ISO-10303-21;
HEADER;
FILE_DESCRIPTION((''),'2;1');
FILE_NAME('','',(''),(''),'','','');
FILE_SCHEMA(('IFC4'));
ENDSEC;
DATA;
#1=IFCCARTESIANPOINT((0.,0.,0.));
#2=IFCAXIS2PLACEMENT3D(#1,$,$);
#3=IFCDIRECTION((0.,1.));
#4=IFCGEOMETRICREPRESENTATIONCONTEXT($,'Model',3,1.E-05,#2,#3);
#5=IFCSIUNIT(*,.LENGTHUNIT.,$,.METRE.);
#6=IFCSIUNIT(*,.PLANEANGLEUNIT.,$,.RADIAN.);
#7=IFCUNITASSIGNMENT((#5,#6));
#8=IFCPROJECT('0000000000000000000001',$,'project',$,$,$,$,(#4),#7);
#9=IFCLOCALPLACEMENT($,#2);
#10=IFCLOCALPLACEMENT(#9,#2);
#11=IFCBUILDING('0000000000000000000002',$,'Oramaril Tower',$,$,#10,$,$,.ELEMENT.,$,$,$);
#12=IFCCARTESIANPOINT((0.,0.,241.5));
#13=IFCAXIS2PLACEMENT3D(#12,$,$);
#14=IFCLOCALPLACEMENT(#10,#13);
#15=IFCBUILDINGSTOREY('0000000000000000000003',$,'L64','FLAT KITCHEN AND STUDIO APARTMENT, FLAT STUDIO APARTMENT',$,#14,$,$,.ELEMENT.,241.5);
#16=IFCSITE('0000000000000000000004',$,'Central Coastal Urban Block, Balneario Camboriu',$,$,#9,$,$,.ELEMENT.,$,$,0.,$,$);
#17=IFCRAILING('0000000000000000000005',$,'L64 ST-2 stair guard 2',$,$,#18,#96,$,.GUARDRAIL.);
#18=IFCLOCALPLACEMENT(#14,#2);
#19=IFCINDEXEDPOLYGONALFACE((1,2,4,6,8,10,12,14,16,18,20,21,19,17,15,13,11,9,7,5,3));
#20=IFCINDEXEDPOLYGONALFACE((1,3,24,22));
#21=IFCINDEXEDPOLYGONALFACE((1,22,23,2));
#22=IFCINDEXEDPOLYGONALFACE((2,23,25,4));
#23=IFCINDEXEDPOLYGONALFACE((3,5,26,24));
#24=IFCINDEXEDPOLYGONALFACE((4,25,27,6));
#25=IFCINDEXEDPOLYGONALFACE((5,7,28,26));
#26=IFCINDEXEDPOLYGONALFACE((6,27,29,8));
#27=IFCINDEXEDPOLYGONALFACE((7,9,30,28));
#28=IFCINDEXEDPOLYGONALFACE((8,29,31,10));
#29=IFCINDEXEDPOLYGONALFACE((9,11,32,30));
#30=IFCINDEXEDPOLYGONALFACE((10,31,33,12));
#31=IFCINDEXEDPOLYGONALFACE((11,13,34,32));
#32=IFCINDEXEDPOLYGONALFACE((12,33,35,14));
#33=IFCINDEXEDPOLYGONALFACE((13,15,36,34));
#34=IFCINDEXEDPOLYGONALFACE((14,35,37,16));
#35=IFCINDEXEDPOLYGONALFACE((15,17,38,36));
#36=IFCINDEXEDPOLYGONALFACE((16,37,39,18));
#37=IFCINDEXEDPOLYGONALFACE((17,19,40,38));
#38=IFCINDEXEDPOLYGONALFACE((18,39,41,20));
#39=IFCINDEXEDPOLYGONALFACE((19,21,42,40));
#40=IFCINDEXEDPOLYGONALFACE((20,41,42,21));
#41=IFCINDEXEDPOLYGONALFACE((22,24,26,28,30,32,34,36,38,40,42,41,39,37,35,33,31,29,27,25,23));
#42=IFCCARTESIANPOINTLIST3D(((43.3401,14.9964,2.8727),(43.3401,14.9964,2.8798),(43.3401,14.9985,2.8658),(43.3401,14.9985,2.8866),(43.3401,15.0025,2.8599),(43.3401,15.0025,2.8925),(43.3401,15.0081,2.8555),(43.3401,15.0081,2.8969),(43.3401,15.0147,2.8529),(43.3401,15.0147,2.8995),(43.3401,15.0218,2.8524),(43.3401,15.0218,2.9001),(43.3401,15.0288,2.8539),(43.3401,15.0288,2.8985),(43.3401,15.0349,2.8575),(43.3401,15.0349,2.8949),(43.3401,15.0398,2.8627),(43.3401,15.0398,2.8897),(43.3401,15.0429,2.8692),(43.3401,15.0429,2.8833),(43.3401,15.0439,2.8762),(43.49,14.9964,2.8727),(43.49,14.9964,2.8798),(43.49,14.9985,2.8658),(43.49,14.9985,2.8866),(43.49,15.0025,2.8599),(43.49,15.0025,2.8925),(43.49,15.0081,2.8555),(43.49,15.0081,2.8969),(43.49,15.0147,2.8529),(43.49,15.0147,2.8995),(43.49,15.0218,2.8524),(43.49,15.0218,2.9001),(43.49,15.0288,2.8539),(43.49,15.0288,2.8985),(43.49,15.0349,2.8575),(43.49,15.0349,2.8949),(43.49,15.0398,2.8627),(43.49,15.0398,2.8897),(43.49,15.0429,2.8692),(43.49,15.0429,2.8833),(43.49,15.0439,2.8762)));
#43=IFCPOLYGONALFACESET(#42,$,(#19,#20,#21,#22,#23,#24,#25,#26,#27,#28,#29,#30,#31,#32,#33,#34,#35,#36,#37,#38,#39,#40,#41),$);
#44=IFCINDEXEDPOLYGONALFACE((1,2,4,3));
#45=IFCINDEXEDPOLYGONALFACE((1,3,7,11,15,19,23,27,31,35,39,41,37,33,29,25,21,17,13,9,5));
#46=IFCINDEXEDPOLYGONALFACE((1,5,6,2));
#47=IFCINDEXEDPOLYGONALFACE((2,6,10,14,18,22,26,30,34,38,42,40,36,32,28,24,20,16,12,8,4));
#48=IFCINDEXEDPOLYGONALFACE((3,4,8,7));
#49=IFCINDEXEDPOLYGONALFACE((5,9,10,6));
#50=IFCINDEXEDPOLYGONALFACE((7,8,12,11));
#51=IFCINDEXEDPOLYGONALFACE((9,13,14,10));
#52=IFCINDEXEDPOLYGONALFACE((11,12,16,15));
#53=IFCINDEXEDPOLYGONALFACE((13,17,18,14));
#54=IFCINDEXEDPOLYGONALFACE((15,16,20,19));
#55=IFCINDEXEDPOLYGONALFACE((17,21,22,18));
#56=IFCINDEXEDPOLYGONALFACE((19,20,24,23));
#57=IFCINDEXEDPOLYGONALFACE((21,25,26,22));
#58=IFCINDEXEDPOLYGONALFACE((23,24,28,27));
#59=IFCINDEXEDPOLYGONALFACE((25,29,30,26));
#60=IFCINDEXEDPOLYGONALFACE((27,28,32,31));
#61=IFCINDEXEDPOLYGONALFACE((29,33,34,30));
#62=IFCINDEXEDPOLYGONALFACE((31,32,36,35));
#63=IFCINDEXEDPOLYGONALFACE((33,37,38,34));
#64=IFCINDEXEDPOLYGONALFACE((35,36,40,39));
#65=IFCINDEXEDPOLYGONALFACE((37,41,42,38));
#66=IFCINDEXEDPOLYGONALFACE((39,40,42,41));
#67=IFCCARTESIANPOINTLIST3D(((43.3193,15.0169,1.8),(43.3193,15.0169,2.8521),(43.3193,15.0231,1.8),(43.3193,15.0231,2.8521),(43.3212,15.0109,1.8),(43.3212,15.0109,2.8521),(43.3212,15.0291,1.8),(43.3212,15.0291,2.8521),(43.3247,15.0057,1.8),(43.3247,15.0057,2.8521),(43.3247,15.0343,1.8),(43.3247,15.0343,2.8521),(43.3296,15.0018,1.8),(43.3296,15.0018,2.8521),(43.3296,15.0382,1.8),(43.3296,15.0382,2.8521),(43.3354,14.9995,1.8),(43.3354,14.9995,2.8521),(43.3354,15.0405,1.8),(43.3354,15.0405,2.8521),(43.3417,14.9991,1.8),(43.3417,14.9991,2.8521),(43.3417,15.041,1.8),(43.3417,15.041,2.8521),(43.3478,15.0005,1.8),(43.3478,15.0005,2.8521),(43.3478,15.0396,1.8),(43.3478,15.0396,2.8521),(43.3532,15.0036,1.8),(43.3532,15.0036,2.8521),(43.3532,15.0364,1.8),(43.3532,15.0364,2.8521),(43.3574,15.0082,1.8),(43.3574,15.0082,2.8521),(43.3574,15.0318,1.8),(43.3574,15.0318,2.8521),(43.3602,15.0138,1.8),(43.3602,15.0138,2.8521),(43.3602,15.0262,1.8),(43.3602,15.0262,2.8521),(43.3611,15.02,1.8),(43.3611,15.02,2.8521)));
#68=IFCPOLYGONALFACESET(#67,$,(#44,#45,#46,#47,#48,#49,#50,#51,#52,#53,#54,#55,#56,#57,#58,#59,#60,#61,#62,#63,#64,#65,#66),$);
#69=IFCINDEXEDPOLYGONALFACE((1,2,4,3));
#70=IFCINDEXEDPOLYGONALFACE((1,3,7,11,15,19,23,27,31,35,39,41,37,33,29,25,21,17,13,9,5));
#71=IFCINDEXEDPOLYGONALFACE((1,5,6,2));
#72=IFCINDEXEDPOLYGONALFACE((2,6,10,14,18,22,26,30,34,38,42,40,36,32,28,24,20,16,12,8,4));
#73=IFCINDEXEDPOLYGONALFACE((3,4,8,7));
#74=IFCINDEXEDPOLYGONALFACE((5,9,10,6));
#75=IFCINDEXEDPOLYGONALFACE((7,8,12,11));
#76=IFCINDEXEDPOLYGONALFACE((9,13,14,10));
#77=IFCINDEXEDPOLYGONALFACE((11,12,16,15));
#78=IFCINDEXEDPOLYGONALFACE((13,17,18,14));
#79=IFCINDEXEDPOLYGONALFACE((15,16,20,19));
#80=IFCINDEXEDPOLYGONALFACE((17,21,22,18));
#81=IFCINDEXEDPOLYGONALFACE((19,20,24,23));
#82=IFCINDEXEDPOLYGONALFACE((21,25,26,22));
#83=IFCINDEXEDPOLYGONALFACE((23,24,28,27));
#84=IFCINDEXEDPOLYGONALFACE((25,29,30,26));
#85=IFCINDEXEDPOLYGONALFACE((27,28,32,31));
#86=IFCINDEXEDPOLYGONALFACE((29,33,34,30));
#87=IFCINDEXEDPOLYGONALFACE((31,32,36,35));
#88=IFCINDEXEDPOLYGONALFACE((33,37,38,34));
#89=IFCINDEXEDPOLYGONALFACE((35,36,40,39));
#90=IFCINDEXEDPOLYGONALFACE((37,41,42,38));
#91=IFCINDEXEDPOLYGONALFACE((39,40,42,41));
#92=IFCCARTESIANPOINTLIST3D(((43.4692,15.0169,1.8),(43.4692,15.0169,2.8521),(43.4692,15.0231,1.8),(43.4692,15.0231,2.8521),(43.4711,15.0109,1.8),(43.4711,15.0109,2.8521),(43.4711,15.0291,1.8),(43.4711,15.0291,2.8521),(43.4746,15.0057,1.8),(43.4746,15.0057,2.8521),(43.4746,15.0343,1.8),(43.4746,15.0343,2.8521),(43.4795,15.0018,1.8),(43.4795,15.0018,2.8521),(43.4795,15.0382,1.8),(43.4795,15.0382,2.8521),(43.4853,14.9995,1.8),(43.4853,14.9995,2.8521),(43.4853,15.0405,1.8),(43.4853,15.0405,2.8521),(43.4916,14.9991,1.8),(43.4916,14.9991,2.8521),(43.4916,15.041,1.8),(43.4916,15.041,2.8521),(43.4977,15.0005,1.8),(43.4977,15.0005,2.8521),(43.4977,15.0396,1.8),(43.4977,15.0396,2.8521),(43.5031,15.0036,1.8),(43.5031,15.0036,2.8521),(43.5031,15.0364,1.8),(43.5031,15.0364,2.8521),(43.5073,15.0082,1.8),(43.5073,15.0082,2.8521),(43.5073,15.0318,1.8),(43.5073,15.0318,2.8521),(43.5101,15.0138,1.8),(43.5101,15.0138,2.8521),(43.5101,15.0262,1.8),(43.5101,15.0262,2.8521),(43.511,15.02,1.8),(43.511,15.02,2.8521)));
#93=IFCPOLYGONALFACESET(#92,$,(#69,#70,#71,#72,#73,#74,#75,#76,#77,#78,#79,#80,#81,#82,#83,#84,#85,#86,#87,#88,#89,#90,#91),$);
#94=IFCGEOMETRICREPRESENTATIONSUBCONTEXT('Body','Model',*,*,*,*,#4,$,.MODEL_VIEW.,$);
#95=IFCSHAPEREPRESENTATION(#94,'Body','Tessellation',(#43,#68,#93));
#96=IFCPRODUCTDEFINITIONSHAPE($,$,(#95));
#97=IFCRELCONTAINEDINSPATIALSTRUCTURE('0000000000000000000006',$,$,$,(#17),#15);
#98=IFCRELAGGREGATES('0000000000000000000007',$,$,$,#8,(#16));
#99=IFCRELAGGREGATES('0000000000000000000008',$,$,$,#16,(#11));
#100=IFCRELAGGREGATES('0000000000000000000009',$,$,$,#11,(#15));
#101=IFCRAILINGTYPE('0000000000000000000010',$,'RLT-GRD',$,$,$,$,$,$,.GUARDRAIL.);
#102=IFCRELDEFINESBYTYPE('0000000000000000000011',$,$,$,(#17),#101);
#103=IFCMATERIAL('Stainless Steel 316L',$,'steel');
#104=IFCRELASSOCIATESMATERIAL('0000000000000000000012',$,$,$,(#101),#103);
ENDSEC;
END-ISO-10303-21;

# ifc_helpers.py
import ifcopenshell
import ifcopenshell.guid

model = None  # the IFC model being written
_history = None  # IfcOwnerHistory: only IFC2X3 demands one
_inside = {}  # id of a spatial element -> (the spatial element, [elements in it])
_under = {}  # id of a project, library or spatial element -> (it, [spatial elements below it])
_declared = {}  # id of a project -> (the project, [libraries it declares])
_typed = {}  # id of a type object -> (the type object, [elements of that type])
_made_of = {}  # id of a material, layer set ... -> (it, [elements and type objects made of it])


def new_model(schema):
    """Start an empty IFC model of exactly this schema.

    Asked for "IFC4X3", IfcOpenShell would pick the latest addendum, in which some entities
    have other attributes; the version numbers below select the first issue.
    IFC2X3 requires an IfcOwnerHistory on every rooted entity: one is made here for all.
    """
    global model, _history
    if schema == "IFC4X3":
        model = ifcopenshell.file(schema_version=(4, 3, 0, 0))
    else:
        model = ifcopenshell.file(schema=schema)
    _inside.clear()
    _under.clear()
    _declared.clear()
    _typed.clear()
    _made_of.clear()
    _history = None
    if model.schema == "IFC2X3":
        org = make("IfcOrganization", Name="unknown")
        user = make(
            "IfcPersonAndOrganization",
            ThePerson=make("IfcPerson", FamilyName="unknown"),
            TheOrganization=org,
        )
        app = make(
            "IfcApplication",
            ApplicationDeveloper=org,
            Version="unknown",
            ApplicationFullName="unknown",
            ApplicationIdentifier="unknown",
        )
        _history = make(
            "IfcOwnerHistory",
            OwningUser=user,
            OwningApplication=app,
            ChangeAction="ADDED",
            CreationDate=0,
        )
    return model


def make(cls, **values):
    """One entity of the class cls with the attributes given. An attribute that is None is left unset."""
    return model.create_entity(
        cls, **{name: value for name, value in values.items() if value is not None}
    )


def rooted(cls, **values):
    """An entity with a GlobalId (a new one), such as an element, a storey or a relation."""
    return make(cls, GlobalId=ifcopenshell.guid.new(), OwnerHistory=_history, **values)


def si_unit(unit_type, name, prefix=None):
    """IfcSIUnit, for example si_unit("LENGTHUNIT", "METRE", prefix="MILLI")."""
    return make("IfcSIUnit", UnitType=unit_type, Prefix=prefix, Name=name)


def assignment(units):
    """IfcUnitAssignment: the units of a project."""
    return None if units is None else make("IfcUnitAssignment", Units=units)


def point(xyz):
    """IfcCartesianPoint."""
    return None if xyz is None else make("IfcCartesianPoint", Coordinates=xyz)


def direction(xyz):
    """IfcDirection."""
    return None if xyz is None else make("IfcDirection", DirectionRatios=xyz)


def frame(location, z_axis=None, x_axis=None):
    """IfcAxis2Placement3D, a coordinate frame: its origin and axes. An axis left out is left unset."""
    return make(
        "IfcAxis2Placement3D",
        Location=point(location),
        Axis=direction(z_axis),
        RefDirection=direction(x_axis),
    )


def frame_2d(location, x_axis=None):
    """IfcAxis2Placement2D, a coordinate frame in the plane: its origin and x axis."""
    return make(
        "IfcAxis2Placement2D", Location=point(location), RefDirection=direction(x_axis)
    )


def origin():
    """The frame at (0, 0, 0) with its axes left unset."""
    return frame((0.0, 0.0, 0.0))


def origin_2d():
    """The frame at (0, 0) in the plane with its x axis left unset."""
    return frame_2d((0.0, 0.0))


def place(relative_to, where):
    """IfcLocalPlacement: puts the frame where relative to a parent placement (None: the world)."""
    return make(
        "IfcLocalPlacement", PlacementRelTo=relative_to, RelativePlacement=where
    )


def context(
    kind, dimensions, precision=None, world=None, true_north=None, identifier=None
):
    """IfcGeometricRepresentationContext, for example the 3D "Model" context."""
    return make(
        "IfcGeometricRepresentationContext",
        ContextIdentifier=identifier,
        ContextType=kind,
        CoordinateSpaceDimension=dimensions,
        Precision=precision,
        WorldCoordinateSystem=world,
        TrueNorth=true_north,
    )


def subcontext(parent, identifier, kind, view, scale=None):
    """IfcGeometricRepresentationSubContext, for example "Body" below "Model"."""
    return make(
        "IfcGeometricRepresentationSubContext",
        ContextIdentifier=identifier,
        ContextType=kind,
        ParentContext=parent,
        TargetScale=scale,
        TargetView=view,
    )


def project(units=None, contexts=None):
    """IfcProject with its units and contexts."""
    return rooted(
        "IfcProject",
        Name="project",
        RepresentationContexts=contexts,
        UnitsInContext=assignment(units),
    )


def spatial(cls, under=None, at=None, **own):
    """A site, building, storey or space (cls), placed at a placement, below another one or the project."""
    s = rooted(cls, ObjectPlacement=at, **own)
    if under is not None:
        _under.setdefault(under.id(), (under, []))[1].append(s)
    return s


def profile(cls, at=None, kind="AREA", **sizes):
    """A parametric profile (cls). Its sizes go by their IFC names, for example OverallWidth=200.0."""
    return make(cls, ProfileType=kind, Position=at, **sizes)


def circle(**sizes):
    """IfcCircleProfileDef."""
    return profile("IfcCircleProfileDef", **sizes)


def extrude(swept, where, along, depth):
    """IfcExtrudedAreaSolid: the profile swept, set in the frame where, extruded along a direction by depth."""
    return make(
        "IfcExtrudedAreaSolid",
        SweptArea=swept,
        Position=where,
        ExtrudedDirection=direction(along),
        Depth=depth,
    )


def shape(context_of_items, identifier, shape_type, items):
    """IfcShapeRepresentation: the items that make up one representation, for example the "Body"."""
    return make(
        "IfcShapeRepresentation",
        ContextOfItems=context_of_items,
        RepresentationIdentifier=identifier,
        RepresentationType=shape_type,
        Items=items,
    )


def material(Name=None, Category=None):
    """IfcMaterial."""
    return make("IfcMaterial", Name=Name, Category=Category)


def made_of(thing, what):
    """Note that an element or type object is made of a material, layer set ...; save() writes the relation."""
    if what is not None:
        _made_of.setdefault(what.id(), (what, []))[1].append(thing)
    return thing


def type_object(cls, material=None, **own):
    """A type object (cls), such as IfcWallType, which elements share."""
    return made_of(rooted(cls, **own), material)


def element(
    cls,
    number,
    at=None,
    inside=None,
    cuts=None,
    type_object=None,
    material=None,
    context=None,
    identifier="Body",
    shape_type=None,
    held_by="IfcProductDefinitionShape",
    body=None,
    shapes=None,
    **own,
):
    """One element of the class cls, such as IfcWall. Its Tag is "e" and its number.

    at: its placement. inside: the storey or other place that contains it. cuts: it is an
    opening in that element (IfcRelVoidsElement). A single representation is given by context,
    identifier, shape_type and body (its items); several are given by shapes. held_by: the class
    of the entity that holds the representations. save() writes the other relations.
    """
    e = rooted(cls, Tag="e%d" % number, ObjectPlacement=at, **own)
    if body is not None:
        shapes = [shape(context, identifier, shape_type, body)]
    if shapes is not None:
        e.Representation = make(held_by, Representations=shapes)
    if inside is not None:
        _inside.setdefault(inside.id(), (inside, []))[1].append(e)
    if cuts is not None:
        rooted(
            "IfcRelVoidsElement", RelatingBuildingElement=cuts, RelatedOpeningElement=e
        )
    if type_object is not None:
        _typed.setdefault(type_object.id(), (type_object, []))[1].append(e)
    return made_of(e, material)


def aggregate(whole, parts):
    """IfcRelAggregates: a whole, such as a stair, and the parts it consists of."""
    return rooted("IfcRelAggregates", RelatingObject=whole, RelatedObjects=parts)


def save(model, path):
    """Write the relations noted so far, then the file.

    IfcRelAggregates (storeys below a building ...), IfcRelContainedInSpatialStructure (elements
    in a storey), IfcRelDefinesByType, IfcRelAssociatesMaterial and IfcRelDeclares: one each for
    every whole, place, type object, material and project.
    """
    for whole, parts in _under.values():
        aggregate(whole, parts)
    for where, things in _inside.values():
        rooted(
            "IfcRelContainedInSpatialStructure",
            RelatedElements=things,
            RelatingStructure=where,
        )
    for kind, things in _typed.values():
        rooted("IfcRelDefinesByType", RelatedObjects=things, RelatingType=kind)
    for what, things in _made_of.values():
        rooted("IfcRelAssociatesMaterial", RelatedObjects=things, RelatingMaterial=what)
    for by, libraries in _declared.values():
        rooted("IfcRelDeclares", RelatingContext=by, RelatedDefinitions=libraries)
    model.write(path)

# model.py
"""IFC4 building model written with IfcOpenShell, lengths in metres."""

from ifc_helpers import new_model, si_unit, direction, frame, origin, origin_2d, place, context, subcontext, project, spatial, circle, extrude, material, type_object, element, save


model = new_model("IFC4")

# Units and contexts
model_context = context("Model", 3, precision=1e-05, world=origin(), true_north=direction((0.0, 1.0)))
body_context = subcontext(model_context, "Body", "Model", "MODEL_VIEW")
ifc_project = project(units=[si_unit("LENGTHUNIT", "METRE"), si_unit("PLANEANGLEUNIT", "RADIAN")], contexts=[model_context])

# Site, building, storey
site_placement = place(None, origin())
site = spatial("IfcSite", under=ifc_project, at=site_placement, Name="Central Coastal Urban Block, Balneario Camboriu", CompositionType="ELEMENT", RefElevation=0.0)
building_placement = place(site_placement, origin())
building = spatial("IfcBuilding", under=site, at=building_placement, Name="Oramaril Tower", CompositionType="ELEMENT")
storey_placement = place(building_placement, frame((0.0, 0.0, 241.5)))
storey = spatial("IfcBuildingStorey", under=building, at=storey_placement, Name="L64", Description="FLAT KITCHEN AND STUDIO APARTMENT, FLAT STUDIO APARTMENT", CompositionType="ELEMENT", Elevation=241.5)

# Railing
ifc_material_1 = material(Name="Stainless Steel 316L", Category="steel")
railing_type_1 = type_object("IfcRailingType", Name="RLT-GRD", PredefinedType="GUARDRAIL", material=ifc_material_1)
railing_1_placement = place(storey_placement, frame((43.3401, 15.02, 1.8)))
element("IfcRailing", 1, at=railing_1_placement, inside=storey, type_object=railing_type_1, Name="L64 ST-2 stair guard 2", PredefinedType="GUARDRAIL", context=body_context, shape_type="SweptSolid", body=[
    extrude(circle(Radius=0.0239, at=origin_2d()), frame((0.0, 0.0, 1.0762), z_axis=(1.0, 0.0, 0.0), x_axis=(0.0, 1.0, 0.0)), (0.0, 0.0, 1.0), 0.1499),
    extrude(circle(Radius=0.021, at=origin_2d()), origin(), (0.0, 0.0, 1.0), 1.052),
    extrude(circle(Radius=0.021, at=origin_2d()), frame((0.1499, 0.0, 0.0)), (0.0, 0.0, 1.0), 1.052),
])

save(model, "model.ifc")
